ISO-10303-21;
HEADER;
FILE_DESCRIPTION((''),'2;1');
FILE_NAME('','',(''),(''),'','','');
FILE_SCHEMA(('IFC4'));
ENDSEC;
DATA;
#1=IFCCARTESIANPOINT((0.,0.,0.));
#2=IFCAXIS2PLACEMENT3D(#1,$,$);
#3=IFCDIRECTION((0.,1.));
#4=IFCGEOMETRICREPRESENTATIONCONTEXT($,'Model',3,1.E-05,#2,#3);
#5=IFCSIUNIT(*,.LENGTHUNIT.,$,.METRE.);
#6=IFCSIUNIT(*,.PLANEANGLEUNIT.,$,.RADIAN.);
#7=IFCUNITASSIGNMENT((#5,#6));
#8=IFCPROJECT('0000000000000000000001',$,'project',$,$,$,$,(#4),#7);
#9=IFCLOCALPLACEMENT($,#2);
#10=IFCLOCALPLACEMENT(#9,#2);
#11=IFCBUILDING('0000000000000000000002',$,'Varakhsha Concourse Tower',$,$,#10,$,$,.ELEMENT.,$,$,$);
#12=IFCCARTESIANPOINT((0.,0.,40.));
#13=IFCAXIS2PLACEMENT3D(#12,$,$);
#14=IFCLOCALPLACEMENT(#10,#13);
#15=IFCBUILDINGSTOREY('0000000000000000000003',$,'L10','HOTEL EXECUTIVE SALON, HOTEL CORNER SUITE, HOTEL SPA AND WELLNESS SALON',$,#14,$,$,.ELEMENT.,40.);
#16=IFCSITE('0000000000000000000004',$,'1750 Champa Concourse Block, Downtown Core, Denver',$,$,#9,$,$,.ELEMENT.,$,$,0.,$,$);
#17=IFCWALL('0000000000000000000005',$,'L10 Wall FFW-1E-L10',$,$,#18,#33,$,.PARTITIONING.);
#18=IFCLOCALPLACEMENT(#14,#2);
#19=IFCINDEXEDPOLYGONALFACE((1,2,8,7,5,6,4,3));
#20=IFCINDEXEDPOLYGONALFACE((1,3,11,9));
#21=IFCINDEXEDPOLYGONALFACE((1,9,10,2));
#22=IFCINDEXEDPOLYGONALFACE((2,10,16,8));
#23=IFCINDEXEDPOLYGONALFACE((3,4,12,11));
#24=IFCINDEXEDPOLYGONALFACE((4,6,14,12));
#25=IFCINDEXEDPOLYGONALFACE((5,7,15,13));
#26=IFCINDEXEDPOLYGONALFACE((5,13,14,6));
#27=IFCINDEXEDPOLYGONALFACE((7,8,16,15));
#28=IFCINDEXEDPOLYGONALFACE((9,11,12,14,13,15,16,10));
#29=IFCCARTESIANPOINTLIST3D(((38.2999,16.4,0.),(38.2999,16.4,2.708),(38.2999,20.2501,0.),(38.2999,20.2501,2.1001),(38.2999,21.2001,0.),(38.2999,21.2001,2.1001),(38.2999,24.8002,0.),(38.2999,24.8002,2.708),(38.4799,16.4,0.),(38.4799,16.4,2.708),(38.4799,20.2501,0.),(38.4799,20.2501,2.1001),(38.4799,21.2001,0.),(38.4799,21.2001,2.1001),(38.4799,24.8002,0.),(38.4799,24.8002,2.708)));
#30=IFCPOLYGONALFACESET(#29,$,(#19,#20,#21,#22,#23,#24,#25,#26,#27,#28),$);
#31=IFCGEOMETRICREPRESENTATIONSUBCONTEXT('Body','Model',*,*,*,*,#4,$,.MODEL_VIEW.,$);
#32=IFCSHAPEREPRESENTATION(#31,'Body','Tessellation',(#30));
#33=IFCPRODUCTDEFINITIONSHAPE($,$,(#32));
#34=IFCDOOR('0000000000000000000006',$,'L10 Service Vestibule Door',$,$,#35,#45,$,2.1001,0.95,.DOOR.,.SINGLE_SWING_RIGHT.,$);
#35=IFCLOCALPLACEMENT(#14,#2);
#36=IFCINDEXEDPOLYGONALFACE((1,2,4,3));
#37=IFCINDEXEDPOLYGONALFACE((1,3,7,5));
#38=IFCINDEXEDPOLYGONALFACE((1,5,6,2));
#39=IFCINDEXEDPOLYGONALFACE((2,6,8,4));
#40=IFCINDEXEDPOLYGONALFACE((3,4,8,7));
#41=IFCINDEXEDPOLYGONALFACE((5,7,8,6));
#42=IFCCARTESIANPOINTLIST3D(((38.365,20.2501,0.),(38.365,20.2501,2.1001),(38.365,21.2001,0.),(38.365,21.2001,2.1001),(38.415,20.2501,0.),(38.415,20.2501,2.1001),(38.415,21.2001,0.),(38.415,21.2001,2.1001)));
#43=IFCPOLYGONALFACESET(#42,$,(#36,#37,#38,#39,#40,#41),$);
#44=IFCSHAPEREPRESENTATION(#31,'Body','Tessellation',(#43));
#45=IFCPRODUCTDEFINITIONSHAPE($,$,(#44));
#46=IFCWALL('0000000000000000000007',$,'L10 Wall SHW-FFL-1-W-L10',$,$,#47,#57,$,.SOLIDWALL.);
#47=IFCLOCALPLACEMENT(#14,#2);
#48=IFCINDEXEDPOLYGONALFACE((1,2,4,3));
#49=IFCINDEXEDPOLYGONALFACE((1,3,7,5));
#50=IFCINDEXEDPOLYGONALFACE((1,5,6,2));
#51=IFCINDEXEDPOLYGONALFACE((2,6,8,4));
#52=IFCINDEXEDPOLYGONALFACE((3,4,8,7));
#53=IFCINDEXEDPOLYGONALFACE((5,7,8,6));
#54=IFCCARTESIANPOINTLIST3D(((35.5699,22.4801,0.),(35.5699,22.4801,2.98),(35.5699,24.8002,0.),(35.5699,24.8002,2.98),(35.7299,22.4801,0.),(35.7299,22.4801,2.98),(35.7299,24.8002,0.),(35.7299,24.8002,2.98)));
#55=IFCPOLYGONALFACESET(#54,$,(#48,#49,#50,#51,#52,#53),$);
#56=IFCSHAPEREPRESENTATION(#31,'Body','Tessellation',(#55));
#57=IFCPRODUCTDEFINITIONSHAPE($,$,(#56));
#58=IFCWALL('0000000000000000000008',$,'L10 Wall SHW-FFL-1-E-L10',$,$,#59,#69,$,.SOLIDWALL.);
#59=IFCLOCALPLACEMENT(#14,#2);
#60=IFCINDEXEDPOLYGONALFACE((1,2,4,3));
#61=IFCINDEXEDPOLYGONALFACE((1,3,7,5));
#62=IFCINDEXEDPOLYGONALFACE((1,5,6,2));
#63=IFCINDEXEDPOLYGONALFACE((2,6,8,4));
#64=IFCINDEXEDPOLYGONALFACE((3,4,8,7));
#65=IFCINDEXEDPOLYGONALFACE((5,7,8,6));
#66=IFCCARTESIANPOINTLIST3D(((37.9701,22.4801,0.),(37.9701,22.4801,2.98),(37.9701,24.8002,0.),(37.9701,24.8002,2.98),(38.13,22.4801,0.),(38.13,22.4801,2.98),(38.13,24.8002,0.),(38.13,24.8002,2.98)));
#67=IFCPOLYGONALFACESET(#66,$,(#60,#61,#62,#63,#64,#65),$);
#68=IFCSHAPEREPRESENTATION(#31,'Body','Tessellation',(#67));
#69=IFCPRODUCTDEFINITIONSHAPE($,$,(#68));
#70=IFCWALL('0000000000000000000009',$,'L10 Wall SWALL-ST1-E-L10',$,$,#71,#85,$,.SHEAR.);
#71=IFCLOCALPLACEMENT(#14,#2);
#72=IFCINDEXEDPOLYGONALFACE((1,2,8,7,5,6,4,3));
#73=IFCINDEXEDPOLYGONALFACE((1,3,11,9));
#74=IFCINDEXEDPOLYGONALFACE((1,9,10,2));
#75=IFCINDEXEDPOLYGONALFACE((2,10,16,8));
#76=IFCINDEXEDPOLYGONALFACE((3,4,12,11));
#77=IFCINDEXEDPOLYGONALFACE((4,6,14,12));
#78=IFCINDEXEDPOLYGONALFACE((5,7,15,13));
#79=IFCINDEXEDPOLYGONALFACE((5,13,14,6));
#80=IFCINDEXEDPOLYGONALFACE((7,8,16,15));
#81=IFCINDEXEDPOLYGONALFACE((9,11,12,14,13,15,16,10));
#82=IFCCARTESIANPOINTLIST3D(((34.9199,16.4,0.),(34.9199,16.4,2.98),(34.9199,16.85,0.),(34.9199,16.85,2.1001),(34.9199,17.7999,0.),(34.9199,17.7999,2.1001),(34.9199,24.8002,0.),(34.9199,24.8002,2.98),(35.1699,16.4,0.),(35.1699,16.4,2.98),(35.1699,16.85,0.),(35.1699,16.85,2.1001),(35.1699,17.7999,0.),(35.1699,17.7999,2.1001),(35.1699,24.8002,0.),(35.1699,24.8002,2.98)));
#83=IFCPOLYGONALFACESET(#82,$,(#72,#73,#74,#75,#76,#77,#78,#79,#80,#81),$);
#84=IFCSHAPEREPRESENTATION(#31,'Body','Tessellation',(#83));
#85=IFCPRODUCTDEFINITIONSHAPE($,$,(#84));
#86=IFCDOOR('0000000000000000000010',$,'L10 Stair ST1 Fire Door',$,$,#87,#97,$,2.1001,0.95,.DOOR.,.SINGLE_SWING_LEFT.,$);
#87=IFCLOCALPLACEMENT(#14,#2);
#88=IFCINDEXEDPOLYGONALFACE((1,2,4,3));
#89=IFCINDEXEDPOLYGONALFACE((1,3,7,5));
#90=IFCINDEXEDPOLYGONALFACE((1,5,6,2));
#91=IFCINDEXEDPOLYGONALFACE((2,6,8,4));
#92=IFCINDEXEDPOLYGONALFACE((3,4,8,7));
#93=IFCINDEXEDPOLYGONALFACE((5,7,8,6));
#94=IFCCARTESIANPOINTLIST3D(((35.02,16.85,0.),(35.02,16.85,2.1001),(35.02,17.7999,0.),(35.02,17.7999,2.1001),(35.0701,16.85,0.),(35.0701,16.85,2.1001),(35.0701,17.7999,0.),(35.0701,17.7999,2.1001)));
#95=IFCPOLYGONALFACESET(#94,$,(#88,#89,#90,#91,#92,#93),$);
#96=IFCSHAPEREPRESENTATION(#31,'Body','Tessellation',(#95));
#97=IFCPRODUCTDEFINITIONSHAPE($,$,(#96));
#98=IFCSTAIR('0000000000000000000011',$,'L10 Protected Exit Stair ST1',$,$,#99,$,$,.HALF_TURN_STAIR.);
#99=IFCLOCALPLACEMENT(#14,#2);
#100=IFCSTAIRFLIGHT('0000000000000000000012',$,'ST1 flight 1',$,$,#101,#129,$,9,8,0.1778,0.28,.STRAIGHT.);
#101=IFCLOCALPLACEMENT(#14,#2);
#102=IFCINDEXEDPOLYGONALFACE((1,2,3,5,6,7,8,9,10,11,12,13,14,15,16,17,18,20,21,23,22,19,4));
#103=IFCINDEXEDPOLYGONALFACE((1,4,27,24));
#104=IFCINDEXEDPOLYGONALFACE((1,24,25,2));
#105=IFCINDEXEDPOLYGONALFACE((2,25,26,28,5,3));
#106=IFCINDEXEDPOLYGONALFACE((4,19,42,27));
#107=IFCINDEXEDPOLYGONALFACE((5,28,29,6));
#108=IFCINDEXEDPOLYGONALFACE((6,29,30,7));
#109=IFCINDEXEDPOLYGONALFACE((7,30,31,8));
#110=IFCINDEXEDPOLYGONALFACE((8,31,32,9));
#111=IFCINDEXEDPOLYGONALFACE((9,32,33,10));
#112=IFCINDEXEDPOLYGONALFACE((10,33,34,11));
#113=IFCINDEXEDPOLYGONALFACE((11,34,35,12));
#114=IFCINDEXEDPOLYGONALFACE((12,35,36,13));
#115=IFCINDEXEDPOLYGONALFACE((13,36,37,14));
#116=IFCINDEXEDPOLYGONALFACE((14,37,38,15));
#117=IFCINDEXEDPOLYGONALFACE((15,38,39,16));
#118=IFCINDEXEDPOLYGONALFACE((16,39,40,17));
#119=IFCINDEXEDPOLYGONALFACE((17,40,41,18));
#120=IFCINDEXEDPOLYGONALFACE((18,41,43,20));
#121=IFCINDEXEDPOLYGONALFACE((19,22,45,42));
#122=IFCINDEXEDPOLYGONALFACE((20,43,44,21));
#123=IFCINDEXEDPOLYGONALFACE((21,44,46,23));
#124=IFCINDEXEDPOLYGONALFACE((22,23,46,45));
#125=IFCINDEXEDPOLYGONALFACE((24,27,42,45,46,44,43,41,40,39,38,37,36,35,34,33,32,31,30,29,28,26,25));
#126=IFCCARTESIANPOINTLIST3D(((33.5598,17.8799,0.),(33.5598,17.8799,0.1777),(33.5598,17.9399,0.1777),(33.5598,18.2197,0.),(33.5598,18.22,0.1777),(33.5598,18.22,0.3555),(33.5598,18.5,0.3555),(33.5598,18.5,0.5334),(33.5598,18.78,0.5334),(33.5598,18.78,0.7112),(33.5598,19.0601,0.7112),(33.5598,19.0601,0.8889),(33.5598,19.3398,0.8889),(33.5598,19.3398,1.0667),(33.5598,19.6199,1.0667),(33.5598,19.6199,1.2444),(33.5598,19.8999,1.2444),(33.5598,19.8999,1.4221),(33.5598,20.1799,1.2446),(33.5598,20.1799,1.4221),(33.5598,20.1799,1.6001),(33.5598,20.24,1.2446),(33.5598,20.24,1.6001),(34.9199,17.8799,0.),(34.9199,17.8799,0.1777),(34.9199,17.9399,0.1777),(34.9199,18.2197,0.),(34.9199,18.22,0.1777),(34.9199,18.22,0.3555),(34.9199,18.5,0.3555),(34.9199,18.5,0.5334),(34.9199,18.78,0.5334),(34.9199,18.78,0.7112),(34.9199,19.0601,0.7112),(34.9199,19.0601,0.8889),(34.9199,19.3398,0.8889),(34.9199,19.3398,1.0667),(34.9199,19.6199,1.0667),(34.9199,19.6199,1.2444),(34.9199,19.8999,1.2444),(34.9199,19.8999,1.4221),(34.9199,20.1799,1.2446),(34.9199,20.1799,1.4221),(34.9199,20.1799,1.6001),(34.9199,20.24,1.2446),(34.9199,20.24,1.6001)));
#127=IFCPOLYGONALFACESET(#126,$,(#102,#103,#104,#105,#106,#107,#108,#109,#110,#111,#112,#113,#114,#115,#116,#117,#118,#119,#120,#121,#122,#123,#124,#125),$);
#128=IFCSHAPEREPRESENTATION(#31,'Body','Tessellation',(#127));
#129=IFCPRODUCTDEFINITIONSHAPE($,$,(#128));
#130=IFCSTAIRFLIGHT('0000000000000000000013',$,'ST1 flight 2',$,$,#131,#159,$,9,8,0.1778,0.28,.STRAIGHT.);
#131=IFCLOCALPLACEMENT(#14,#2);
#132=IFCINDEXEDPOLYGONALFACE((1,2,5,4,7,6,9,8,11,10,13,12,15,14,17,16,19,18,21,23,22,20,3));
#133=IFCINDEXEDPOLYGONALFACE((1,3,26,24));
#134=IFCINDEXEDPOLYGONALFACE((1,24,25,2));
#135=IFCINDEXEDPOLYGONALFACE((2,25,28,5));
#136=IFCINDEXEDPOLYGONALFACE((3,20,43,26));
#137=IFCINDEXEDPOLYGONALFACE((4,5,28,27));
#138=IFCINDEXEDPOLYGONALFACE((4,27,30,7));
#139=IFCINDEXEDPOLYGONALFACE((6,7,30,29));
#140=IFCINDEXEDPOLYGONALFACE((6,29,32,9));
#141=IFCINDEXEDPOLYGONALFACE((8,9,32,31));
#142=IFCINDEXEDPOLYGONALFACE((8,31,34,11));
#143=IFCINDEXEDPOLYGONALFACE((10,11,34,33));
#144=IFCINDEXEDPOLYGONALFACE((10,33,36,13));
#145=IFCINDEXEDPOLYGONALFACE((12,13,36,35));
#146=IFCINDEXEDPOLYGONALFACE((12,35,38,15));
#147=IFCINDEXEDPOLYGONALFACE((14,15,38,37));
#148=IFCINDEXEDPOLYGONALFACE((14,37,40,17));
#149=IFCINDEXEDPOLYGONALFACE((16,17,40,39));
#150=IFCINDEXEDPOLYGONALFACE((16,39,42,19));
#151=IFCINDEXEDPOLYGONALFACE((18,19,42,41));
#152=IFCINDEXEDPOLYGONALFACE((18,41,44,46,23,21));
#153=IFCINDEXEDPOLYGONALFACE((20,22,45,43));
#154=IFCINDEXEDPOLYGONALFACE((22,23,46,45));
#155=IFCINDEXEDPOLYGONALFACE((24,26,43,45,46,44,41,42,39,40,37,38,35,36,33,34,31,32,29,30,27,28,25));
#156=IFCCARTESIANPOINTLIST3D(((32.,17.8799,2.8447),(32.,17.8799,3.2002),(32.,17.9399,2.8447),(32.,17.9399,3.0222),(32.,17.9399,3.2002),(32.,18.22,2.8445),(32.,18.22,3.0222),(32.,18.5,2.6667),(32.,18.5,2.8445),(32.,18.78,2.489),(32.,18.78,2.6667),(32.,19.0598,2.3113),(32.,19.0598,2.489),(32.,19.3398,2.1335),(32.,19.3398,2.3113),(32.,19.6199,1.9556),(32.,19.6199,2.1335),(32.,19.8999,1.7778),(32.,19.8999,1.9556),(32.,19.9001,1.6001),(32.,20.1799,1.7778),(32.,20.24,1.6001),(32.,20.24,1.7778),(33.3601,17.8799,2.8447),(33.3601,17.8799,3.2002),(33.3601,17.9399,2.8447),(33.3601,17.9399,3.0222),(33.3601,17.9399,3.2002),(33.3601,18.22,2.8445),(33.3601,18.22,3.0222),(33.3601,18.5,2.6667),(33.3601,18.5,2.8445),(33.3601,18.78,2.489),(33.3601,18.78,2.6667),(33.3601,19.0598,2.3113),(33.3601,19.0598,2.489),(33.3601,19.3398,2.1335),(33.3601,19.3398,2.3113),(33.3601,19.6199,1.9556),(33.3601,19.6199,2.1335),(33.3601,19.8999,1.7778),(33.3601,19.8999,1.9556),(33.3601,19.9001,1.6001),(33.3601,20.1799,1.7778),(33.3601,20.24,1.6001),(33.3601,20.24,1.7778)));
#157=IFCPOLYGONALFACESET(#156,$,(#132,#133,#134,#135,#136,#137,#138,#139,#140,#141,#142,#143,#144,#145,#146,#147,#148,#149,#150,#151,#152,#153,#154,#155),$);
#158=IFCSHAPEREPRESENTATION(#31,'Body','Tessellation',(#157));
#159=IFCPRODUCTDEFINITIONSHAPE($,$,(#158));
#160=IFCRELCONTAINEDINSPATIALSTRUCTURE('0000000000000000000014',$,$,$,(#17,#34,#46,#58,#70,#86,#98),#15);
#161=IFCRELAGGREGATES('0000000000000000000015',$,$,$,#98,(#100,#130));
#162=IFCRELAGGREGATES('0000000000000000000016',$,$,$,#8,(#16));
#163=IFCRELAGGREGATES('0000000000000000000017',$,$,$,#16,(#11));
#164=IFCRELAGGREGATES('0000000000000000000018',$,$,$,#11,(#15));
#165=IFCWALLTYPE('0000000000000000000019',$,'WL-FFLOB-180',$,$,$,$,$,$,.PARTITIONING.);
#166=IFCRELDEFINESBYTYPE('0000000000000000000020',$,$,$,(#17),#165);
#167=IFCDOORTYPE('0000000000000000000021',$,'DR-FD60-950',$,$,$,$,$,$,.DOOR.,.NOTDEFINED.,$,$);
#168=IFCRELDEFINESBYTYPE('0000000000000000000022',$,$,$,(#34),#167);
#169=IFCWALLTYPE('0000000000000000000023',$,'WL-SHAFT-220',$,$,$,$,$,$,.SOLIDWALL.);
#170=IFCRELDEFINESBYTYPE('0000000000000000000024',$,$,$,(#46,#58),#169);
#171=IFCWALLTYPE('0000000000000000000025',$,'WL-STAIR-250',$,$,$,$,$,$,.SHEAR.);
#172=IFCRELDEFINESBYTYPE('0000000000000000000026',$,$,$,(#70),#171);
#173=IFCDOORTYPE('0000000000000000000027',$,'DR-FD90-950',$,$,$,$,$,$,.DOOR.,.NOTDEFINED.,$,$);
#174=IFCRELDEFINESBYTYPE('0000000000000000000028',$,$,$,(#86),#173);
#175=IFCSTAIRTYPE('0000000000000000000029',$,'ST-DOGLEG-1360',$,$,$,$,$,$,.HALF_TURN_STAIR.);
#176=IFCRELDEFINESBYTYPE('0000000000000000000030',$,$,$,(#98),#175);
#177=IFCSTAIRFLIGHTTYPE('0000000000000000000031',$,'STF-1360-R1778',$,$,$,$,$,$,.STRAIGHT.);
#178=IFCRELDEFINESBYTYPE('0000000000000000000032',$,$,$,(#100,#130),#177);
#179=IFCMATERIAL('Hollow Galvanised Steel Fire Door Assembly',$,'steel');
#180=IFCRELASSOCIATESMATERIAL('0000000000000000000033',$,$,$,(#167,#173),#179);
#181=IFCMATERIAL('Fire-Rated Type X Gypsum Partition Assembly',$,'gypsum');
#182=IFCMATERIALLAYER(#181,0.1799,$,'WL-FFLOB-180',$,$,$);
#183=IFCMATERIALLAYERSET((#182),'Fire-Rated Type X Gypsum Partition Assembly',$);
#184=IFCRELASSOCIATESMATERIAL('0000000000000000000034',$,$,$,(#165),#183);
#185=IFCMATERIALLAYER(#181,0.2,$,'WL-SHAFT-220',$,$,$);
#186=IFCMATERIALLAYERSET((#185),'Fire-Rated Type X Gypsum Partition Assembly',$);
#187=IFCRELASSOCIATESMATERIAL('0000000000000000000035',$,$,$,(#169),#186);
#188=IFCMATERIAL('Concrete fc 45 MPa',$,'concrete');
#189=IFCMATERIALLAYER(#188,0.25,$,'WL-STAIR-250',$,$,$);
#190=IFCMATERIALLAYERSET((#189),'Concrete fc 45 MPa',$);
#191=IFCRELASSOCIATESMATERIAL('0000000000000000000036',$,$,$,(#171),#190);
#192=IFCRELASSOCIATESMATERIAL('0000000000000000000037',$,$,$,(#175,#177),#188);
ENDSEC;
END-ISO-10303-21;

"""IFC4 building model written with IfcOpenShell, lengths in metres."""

from ifc_helpers import new_model, si_unit, direction, frame, frame_2d, origin, place, context, subcontext, project, spatial, polyline, rectangle, outline, extrude, material, layer, layer_set, type_object, element, fill, aggregate, save


model = new_model("IFC4")

# Units and contexts
model_context = context("Model", 3, precision=1e-05, world=origin(), true_north=direction((0.0, 1.0)))
body_context = subcontext(model_context, "Body", "Model", "MODEL_VIEW")
ifc_project = project(units=[si_unit("LENGTHUNIT", "METRE"), si_unit("PLANEANGLEUNIT", "RADIAN")], contexts=[model_context])

# Site, building, storey
site_placement = place(None, origin())
site = spatial("IfcSite", under=ifc_project, at=site_placement, Name="1750 Champa Concourse Block, Downtown Core, Denver", CompositionType="ELEMENT", RefElevation=0.0)
building_placement = place(site_placement, origin())
building = spatial("IfcBuilding", under=site, at=building_placement, Name="Varakhsha Concourse Tower", CompositionType="ELEMENT")
storey_placement = place(building_placement, frame((0.0, 0.0, 40.0)))
storey = spatial("IfcBuildingStorey", under=building, at=storey_placement, Name="L10", Description="HOTEL EXECUTIVE SALON, HOTEL CORNER SUITE, HOTEL SPA AND WELLNESS SALON", CompositionType="ELEMENT", Elevation=40.0)

# Shared definitions
ifc_material_1 = material(Name="Hollow Galvanised Steel Fire Door Assembly", Category="steel")
door_type_1 = type_object("IfcDoorType", Name="DR-FD60-950", OperationType="NOTDEFINED", PredefinedType="DOOR", material=ifc_material_1)

# Wall, opening, door
ifc_material_2 = material(Name="Fire-Rated Type X Gypsum Partition Assembly", Category="gypsum")
ifc_layer_1 = layer(ifc_material_2, 0.1799, Name="WL-FFLOB-180")
ifc_layer_set_1 = layer_set([ifc_layer_1], Name="Fire-Rated Type X Gypsum Partition Assembly")
wall_type_1 = type_object("IfcWallType", Name="WL-FFLOB-180", PredefinedType="PARTITIONING", material=ifc_layer_set_1)
wall_1_placement = place(storey_placement, frame((38.3899, 16.3999, 0.0), z_axis=(0.0, 0.0, 1.0), x_axis=(0.0, 1.0, 0.0)))
wall_1 = element("IfcWall", 1, at=wall_1_placement, inside=storey, type_object=wall_type_1, Name="L10 Wall FFW-1E-L10", PredefinedType="PARTITIONING", context=body_context, shape_type="SweptSolid", body=[
    extrude(rectangle(XDim=8.4001, YDim=0.1799, at=frame_2d((4.2002, 0.0))), origin(), (0.0, 0.0, 1.0), 2.708),
])
opening_1_placement = place(wall_1_placement, frame((3.8501, 0.0, 0.0)))
opening_1 = element("IfcOpeningElement", 2, at=opening_1_placement, cuts=wall_1, PredefinedType="OPENING", context=body_context, shape_type="SweptSolid", body=[
    extrude(rectangle(XDim=0.95, YDim=2.1001, at=frame_2d((0.4751, 1.05))), frame((0.0, 0.0999, 0.0), z_axis=(0.0, -1.0, 0.0), x_axis=(1.0, 0.0, 0.0)), (0.0, 0.0, 1.0), 0.2),
])
door_1_placement = place(opening_1_placement, origin())
door_1 = element("IfcDoor", 3, at=door_1_placement, inside=storey, type_object=door_type_1, Name="L10 Service Vestibule Door", OperationType="SINGLE_SWING_RIGHT", OverallHeight=2.1001, OverallWidth=0.95, PredefinedType="DOOR", context=body_context, shape_type="SweptSolid", body=[
    extrude(rectangle(XDim=0.95, YDim=2.1001, at=frame_2d((0.4751, 1.05))), frame((0.0, 0.0249, 0.0), z_axis=(0.0, -1.0, 0.0), x_axis=(1.0, 0.0, 0.0)), (0.0, 0.0, 1.0), 0.05),
])
fill(opening_1, door_1)

# Shared definitions
ifc_layer_2 = layer(ifc_material_2, 0.2, Name="WL-SHAFT-220")
ifc_layer_set_2 = layer_set([ifc_layer_2], Name="Fire-Rated Type X Gypsum Partition Assembly")
wall_type_2 = type_object("IfcWallType", Name="WL-SHAFT-220", PredefinedType="SOLIDWALL", material=ifc_layer_set_2)

# Walls
for number, where, z_axis, x_axis, name in (
    (4, (35.6499, 22.48, 0.0), (0.0, 0.0, 1.0), (0.0, 1.0, 0.0), "L10 Wall SHW-FFL-1-W-L10"),
    (5, (38.05, 22.48, 0.0), (0.0, 0.0, 1.0), (0.0, 1.0, 0.0), "L10 Wall SHW-FFL-1-E-L10"),
):
    element("IfcWall", number, at=place(storey_placement, frame(where, z_axis=z_axis, x_axis=x_axis)), inside=storey, type_object=wall_type_2, Name=name, PredefinedType="SOLIDWALL", context=body_context, shape_type="SweptSolid", body=[
        extrude(rectangle(XDim=2.3201, YDim=0.1599, at=frame_2d((1.1602, 0.0))), origin(), (0.0, 0.0, 1.0), 2.98),
    ])

# Wall, opening, door
ifc_material_3 = material(Name="Concrete fc 45 MPa", Category="concrete")
ifc_layer_3 = layer(ifc_material_3, 0.25, Name="WL-STAIR-250")
ifc_layer_set_3 = layer_set([ifc_layer_3], Name="Concrete fc 45 MPa")
wall_type_3 = type_object("IfcWallType", Name="WL-STAIR-250", PredefinedType="SHEAR", material=ifc_layer_set_3)
wall_2_placement = place(storey_placement, frame((35.0449, 16.3999, 0.0), z_axis=(0.0, 0.0, 1.0), x_axis=(0.0, 1.0, 0.0)))
wall_2 = element("IfcWall", 6, at=wall_2_placement, inside=storey, type_object=wall_type_3, Name="L10 Wall SWALL-ST1-E-L10", PredefinedType="SHEAR", context=body_context, shape_type="SweptSolid", body=[
    extrude(rectangle(XDim=8.4001, YDim=0.25, at=frame_2d((4.2002, 0.0))), origin(), (0.0, 0.0, 1.0), 2.98),
])
opening_2_placement = place(wall_2_placement, frame((0.45, 0.0, 0.0)))
opening_2 = element("IfcOpeningElement", 7, at=opening_2_placement, cuts=wall_2, PredefinedType="OPENING", context=body_context, shape_type="SweptSolid", body=[
    extrude(rectangle(XDim=0.95, YDim=2.1001, at=frame_2d((0.4751, 1.05))), frame((0.0, 0.135, 0.0), z_axis=(0.0, -1.0, 0.0), x_axis=(1.0, 0.0, 0.0)), (0.0, 0.0, 1.0), 0.27),
])
door_type_2 = type_object("IfcDoorType", Name="DR-FD90-950", OperationType="NOTDEFINED", PredefinedType="DOOR", material=ifc_material_1)
door_2_placement = place(opening_2_placement, origin())
door_2 = element("IfcDoor", 8, at=door_2_placement, inside=storey, type_object=door_type_2, Name="L10 Stair ST1 Fire Door", OperationType="SINGLE_SWING_LEFT", OverallHeight=2.1001, OverallWidth=0.95, PredefinedType="DOOR", context=body_context, shape_type="SweptSolid", body=[
    extrude(rectangle(XDim=0.95, YDim=2.1001, at=frame_2d((0.4751, 1.05))), frame((0.0, 0.0249, 0.0), z_axis=(0.0, -1.0, 0.0), x_axis=(1.0, 0.0, 0.0)), (0.0, 0.0, 1.0), 0.05),
])
fill(opening_2, door_2)

# Stair, stair flights
stair_type = type_object("IfcStairType", Name="ST-DOGLEG-1360", PredefinedType="HALF_TURN_STAIR", material=ifc_material_3)
stair_placement = place(storey_placement, origin())
stair = element("IfcStair", 9, at=stair_placement, inside=storey, type_object=stair_type, Name="L10 Protected Exit Stair ST1", PredefinedType="HALF_TURN_STAIR")
stair_flight_type = type_object("IfcStairFlightType", Name="STF-1360-R1778", PredefinedType="STRAIGHT", material=ifc_material_3)
stair_flight_1_placement = place(storey_placement, frame((34.24, 17.9399, 0.0), z_axis=(0.0, 0.0, 1.0), x_axis=(0.0, 1.0, 0.0)))
stair_flight_1 = element("IfcStairFlight", 10, at=stair_flight_1_placement, type_object=stair_flight_type, Name="ST1 flight 1", NumberOfRisers=9, NumberOfTreads=8, PredefinedType="STRAIGHT", RiserHeight=0.1778, TreadLength=0.28, context=body_context, shape_type="SweptSolid", body=[
    extrude(outline(polyline([(-0.0601, 0.0), (-0.0601, 0.1777), (0.0, 0.1777), (0.28, 0.1777), (0.28, 0.3555), (0.5601, 0.3555), (0.5601, 0.5334), (0.8401, 0.5334), (0.8401, 0.7112), (1.1201, 0.7112), (1.1201, 0.8889), (1.3999, 0.8889), (1.3999, 1.0667), (1.6799, 1.0667), (1.6799, 1.2444), (1.96, 1.2444), (1.96, 1.4221), (2.24, 1.4221), (2.24, 1.6001), (2.3, 1.6001), (2.3, 1.2446), (2.24, 1.2446), (0.2798, 0.0), (-0.0601, 0.0)])), frame((0.0, 0.6802, 0.0), z_axis=(0.0, -1.0, 0.0), x_axis=(1.0, 0.0, 0.0)), (0.0, 0.0, 1.0), 1.3601),
])
stair_flight_2_placement = place(storey_placement, frame((32.6799, 20.1799, 1.6001), z_axis=(0.0, 0.0, 1.0), x_axis=(0.0, -1.0, 0.0)))
stair_flight_2 = element("IfcStairFlight", 11, at=stair_flight_2_placement, type_object=stair_flight_type, Name="ST1 flight 2", NumberOfRisers=9, NumberOfTreads=8, PredefinedType="STRAIGHT", RiserHeight=0.1778, TreadLength=0.28, context=body_context, shape_type="SweptSolid", body=[
    extrude(outline(polyline([(-0.0601, 0.0), (-0.0601, 0.1777), (0.0, 0.1777), (0.28, 0.1777), (0.28, 0.3555), (0.5601, 0.3555), (0.5601, 0.5334), (0.8401, 0.5334), (0.8401, 0.7112), (1.1201, 0.7112), (1.1201, 0.8889), (1.3999, 0.8889), (1.3999, 1.0667), (1.6799, 1.0667), (1.6799, 1.2444), (1.96, 1.2444), (1.96, 1.4221), (2.24, 1.4221), (2.24, 1.6001), (2.3, 1.6001), (2.3, 1.2446), (2.24, 1.2446), (0.2798, 0.0), (-0.0601, 0.0)])), frame((0.0, 0.6802, 0.0), z_axis=(0.0, -1.0, 0.0), x_axis=(1.0, 0.0, 0.0)), (0.0, 0.0, 1.0), 1.3601),
])
aggregate(stair, [stair_flight_1, stair_flight_2])

save(model, "model.ifc")
